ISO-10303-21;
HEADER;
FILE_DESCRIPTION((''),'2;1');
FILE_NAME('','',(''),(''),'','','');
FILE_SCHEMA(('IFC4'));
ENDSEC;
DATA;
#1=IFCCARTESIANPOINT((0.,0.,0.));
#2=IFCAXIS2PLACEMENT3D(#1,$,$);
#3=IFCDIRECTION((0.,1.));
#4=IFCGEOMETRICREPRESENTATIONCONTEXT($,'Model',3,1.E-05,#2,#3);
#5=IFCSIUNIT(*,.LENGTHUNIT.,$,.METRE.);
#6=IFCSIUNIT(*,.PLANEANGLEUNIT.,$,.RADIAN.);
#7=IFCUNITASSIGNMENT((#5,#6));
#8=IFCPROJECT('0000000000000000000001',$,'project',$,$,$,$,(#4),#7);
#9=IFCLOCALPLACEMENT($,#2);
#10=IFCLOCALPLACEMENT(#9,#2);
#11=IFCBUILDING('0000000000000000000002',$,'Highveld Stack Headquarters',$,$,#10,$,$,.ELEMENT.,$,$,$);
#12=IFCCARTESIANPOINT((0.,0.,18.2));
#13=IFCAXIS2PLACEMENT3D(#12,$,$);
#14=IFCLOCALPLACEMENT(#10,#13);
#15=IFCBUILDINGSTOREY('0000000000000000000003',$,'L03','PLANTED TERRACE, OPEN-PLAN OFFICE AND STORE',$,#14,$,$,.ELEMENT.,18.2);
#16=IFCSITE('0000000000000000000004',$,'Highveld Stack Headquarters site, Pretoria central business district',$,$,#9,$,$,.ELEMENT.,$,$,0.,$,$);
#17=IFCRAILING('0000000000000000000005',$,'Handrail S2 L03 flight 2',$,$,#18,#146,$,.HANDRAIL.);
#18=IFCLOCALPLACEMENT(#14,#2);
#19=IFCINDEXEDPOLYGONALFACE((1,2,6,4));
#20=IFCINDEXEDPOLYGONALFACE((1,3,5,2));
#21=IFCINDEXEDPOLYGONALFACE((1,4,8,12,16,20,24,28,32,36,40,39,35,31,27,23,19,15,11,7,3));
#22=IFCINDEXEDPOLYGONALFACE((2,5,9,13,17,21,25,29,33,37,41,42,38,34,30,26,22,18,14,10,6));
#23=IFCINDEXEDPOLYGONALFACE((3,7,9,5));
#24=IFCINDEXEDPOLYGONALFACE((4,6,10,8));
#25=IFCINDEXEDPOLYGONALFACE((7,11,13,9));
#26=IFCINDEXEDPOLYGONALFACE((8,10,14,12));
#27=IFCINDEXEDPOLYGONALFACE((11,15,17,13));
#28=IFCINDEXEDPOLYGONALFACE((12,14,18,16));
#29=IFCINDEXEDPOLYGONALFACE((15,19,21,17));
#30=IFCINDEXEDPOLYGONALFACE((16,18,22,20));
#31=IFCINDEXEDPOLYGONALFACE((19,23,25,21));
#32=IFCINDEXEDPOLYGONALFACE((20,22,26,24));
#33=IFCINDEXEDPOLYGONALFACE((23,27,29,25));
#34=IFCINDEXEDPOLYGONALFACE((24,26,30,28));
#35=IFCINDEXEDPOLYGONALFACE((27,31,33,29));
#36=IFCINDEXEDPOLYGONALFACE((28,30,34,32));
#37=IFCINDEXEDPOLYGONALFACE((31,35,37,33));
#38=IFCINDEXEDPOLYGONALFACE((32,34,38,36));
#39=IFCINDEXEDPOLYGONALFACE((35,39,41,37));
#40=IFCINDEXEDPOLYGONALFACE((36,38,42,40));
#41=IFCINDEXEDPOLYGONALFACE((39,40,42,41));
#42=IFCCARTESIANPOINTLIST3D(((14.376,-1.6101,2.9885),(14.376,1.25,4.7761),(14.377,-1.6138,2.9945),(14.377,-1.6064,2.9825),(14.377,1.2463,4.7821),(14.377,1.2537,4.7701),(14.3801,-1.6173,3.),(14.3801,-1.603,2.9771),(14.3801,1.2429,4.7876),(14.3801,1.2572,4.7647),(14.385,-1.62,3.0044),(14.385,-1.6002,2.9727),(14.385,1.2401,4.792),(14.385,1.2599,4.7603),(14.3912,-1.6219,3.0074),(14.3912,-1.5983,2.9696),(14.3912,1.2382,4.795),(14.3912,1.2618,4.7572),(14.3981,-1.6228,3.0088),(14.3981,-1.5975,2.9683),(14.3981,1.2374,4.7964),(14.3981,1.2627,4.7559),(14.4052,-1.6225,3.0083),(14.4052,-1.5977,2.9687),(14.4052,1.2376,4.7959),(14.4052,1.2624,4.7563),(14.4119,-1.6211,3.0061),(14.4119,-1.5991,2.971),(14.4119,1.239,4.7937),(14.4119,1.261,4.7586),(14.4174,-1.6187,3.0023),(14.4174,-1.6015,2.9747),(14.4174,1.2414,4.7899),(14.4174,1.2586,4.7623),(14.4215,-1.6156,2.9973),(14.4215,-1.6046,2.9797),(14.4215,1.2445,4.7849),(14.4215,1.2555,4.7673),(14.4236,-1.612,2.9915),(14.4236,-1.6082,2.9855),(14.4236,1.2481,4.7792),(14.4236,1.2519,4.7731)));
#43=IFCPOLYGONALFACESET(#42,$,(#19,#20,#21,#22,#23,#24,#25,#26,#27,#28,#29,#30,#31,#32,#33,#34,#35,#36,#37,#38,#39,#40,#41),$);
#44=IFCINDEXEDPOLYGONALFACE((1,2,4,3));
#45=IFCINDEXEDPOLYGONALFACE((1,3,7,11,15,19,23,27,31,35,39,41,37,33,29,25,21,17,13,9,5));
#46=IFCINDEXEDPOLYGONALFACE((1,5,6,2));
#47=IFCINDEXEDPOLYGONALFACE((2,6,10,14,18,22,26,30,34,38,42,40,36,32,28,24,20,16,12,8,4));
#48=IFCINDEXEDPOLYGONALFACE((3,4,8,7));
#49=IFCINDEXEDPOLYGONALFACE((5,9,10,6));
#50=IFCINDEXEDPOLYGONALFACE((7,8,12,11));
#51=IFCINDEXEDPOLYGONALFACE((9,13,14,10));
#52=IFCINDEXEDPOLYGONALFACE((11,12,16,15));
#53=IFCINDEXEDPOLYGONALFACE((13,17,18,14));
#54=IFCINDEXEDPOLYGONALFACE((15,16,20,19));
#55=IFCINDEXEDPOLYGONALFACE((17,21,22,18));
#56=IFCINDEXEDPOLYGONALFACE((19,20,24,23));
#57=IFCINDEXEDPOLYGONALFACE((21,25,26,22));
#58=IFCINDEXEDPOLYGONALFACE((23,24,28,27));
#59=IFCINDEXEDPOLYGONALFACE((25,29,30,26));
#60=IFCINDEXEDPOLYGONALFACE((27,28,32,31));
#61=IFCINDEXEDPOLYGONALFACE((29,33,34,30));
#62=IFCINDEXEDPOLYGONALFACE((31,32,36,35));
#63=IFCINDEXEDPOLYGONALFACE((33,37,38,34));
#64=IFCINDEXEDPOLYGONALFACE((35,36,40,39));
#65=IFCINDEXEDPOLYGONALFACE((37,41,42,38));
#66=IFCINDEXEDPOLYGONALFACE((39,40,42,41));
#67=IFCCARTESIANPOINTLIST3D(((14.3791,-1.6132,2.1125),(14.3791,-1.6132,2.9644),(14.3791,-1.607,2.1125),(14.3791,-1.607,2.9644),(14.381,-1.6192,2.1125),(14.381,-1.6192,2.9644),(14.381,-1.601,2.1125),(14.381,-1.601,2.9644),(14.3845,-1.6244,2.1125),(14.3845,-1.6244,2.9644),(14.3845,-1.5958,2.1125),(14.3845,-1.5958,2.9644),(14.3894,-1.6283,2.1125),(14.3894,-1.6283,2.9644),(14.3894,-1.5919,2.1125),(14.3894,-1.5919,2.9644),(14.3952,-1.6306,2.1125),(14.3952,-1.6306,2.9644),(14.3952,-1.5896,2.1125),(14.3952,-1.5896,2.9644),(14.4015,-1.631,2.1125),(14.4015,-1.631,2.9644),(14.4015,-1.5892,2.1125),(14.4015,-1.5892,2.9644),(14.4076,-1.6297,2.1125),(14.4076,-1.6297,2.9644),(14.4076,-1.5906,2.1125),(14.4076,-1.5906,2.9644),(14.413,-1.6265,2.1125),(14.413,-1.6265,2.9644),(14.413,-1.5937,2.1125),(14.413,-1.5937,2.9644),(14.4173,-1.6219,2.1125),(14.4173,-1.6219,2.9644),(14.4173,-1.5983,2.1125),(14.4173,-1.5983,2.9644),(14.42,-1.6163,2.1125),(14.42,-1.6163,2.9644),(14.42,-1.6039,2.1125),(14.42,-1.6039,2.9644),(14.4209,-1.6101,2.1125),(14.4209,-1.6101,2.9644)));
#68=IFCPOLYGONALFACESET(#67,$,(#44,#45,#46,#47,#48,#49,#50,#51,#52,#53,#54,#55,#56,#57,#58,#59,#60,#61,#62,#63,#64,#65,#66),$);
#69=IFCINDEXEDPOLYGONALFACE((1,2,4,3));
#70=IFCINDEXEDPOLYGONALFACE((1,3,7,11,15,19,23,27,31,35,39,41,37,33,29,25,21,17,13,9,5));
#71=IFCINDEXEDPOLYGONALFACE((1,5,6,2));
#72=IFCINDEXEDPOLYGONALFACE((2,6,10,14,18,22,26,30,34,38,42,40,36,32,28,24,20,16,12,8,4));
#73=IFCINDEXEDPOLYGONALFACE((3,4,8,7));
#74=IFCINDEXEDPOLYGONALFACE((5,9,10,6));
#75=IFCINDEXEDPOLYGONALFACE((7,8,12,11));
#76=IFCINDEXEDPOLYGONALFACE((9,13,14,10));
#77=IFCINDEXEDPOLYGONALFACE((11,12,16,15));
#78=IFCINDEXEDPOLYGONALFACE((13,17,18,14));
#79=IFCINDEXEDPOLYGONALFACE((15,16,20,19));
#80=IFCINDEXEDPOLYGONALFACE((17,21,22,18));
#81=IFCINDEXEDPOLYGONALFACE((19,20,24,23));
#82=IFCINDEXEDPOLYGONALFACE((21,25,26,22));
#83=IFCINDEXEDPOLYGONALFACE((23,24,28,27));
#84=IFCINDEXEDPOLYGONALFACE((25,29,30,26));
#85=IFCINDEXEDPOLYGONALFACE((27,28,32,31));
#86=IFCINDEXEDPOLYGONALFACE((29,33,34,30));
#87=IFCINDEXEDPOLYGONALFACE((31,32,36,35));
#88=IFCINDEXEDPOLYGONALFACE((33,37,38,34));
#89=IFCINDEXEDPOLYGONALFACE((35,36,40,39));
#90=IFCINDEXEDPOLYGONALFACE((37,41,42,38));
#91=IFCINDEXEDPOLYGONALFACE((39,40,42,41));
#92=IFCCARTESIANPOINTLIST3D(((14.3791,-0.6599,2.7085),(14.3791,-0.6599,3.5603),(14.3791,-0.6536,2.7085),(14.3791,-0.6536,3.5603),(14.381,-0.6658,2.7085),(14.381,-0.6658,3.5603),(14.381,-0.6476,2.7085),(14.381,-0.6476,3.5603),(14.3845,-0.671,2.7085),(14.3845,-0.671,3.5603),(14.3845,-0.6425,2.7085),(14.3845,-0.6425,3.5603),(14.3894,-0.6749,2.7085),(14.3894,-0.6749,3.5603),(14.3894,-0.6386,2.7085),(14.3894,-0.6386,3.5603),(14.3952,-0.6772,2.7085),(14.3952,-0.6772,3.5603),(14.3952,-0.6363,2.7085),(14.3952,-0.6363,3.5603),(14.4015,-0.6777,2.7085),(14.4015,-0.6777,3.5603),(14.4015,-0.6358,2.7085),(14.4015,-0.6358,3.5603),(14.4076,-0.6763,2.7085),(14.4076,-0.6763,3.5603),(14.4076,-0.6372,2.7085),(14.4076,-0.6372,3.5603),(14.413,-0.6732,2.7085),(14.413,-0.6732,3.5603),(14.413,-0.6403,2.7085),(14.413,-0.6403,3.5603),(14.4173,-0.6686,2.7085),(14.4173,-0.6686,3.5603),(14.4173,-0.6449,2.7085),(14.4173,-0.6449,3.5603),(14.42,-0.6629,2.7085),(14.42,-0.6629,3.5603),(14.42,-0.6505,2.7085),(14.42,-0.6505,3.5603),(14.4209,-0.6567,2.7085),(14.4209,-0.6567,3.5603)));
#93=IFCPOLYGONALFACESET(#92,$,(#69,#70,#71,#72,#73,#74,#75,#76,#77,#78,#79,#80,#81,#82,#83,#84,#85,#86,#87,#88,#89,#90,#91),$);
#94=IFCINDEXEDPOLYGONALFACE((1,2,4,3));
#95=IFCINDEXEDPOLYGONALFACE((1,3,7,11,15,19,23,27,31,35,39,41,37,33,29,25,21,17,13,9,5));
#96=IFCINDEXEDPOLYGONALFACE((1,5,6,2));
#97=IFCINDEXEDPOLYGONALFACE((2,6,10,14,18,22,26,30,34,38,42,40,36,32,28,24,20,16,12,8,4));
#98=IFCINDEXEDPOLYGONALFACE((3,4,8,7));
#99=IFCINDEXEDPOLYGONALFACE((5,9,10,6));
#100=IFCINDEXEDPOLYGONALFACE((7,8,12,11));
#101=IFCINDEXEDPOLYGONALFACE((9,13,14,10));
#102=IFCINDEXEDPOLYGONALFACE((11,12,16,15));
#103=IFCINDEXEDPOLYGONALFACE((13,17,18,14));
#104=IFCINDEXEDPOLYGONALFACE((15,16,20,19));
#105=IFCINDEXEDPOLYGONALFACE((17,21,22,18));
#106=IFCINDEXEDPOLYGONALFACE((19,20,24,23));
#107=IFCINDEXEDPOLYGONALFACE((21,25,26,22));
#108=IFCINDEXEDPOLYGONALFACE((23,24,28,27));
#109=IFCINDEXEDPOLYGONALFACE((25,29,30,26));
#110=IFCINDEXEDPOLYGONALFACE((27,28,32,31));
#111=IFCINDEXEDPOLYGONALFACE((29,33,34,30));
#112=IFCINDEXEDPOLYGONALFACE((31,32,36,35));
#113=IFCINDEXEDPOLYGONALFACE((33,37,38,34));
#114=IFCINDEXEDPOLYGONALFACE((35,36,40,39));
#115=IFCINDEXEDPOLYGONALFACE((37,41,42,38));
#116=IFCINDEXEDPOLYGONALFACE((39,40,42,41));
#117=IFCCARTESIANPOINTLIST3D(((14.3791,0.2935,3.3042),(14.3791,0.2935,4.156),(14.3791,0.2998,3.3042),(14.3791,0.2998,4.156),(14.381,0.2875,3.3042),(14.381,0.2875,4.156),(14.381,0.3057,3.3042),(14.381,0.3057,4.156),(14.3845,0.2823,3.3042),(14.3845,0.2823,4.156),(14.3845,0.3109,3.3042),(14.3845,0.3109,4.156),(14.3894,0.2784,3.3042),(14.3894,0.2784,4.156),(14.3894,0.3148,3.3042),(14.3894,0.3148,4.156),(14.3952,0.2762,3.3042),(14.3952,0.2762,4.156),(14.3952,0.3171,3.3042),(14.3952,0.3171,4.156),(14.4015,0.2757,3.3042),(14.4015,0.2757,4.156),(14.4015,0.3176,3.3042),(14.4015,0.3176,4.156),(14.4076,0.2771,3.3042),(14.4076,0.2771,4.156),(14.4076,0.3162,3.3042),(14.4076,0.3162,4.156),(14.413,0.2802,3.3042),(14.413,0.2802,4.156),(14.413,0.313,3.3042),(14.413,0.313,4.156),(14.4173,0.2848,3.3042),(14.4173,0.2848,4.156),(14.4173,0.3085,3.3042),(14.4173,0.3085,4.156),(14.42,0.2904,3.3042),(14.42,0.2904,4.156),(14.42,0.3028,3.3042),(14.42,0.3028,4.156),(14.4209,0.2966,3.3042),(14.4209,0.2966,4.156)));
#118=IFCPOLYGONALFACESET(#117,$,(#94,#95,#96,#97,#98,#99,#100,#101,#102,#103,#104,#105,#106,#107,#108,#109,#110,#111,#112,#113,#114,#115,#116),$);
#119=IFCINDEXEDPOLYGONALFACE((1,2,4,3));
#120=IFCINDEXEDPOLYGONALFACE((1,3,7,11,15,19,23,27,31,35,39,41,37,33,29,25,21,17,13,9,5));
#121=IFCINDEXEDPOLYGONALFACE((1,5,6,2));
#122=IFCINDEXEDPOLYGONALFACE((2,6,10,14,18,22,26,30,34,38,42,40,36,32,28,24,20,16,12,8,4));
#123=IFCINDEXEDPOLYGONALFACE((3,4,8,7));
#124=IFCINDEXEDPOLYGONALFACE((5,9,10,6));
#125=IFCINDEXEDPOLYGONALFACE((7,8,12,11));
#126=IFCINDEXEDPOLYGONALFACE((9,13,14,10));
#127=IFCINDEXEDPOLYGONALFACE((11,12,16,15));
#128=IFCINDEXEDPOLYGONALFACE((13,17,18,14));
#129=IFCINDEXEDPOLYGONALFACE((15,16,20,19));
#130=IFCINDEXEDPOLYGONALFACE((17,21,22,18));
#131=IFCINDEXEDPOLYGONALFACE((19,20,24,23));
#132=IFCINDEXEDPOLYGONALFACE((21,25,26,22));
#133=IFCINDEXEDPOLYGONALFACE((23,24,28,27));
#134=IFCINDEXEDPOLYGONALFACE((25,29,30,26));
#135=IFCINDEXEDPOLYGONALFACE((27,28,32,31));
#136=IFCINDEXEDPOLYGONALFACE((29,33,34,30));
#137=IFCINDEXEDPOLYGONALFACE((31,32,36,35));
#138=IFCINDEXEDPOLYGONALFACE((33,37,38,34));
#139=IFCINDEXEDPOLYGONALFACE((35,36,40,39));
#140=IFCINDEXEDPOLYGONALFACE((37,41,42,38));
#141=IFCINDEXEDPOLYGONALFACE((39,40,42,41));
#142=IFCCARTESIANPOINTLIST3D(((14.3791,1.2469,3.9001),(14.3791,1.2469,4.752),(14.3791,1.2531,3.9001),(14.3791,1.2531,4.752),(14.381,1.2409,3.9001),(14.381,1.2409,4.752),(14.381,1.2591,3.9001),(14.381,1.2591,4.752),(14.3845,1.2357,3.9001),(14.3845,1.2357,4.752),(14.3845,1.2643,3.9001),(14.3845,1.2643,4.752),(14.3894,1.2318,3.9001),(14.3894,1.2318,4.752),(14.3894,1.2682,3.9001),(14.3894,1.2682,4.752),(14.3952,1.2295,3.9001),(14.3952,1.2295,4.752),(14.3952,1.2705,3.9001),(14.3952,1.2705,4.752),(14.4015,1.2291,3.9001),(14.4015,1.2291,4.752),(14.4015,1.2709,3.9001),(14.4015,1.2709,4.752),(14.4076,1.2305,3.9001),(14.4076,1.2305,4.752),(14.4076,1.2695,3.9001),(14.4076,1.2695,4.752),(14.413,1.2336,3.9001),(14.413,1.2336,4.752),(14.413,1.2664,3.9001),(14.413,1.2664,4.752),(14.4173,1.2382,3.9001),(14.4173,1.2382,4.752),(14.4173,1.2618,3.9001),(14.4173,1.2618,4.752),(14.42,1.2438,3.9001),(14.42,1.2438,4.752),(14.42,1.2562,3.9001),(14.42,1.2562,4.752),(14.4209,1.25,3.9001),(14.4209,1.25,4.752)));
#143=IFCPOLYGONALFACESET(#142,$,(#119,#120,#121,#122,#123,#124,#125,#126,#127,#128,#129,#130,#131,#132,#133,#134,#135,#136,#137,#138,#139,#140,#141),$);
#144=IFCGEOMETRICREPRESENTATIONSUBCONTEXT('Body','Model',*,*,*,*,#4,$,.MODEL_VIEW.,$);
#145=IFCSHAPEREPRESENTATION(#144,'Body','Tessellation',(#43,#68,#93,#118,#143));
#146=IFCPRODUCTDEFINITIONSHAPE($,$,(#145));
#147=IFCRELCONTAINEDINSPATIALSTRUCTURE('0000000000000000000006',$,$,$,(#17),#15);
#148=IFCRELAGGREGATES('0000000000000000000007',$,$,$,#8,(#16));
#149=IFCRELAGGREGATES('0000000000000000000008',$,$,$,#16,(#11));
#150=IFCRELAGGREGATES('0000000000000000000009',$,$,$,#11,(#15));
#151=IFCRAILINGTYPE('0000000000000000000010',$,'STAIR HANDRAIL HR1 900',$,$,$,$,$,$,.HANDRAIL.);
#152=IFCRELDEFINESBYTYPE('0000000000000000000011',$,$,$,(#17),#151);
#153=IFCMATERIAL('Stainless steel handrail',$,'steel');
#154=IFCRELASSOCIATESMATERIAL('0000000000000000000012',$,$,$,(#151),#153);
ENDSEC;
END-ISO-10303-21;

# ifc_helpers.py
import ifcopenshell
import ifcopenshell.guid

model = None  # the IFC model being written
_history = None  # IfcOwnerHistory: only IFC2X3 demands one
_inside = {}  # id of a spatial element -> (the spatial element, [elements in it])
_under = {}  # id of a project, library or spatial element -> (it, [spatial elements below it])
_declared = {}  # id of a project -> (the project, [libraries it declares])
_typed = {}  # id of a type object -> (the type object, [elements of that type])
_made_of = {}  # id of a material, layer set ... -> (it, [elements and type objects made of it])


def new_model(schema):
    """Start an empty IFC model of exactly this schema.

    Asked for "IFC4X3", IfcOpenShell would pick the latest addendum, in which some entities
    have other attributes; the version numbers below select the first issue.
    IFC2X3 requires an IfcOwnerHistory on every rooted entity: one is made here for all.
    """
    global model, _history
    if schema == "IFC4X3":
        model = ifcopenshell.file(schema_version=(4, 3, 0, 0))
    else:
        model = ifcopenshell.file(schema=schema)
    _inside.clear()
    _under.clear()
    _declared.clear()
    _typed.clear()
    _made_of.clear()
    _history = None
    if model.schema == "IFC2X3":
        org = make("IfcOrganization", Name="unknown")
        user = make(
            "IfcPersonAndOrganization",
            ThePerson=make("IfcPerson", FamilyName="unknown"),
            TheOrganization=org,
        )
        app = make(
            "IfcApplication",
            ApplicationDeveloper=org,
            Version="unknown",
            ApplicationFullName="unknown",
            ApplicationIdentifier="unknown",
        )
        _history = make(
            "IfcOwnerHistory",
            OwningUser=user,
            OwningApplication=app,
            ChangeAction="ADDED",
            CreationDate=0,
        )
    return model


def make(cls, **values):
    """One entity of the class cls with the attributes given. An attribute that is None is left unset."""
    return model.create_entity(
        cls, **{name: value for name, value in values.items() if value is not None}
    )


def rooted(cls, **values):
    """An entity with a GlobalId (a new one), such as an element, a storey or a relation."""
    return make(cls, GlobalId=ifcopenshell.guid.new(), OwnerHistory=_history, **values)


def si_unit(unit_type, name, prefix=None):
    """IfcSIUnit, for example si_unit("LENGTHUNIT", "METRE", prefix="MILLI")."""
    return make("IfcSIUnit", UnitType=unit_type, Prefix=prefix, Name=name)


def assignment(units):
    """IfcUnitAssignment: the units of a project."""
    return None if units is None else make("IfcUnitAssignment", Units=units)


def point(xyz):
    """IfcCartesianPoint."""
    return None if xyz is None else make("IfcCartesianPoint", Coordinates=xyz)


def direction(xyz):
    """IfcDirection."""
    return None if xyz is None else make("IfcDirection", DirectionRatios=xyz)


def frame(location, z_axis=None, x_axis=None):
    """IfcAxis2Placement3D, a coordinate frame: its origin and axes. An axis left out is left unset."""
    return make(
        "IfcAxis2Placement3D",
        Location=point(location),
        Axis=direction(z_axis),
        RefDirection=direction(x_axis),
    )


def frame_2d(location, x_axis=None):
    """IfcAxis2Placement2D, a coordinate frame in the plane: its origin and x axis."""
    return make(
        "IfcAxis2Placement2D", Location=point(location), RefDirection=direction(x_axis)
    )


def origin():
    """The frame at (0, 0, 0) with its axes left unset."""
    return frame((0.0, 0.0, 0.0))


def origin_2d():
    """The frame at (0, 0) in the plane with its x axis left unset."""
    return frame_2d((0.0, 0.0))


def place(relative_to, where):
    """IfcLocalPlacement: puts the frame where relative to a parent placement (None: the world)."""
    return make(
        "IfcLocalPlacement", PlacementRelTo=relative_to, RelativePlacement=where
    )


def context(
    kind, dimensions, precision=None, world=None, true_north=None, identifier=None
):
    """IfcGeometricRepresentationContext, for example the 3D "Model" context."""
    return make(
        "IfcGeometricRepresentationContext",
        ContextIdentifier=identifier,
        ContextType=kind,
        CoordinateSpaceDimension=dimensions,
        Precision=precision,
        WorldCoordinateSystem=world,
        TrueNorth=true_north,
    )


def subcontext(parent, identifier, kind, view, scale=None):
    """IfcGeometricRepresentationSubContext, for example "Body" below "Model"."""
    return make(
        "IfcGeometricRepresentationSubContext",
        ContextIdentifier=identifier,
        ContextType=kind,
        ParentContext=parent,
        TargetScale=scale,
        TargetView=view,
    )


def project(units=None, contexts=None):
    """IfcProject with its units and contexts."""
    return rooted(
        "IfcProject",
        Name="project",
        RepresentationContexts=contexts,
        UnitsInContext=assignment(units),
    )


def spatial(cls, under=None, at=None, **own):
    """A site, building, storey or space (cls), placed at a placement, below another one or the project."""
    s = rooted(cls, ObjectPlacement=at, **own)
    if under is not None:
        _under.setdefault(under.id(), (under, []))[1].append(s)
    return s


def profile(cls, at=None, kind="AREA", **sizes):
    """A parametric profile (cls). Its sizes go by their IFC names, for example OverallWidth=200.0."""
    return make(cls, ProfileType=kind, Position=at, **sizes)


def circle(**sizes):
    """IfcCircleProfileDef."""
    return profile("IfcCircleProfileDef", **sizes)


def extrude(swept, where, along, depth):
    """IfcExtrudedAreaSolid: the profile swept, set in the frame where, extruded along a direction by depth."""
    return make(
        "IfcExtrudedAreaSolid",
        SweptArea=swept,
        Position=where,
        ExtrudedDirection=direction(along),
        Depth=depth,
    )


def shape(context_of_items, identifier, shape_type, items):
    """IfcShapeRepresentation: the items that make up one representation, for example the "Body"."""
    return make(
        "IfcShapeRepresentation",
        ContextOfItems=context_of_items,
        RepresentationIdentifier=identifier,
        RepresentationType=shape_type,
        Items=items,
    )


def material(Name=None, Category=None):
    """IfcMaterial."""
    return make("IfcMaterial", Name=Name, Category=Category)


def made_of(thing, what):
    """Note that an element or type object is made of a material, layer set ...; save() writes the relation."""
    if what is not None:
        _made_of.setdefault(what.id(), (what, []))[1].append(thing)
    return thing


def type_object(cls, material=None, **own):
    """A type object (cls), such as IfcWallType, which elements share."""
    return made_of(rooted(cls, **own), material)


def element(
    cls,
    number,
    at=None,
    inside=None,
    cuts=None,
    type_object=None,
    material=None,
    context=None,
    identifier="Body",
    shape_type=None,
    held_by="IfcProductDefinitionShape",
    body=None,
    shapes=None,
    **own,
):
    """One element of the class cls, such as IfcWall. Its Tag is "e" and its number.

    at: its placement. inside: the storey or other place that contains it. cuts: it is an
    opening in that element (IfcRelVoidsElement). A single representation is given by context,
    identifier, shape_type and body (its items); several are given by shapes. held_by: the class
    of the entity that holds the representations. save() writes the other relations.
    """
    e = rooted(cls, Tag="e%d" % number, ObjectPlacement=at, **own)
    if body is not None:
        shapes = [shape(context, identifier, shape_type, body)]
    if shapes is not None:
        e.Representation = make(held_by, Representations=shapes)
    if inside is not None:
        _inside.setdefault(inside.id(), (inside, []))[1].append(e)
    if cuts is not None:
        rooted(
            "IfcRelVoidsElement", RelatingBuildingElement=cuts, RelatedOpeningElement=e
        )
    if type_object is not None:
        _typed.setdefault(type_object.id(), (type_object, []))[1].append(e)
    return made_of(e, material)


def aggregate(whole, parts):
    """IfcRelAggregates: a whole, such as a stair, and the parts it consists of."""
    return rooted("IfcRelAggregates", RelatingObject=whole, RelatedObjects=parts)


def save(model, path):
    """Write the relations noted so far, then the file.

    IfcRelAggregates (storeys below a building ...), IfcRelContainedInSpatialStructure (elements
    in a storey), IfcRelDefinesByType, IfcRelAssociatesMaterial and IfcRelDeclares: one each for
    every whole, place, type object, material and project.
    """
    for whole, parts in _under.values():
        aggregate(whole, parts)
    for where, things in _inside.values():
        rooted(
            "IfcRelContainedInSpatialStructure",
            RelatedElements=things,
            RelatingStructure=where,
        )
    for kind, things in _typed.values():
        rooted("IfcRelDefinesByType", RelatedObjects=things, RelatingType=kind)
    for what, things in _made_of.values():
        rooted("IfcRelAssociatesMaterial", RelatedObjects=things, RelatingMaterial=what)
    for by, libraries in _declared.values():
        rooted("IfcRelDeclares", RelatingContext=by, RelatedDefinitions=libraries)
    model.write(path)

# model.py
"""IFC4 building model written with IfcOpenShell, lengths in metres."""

from ifc_helpers import new_model, si_unit, direction, frame, origin, origin_2d, place, context, subcontext, project, spatial, circle, extrude, material, type_object, element, save


model = new_model("IFC4")

# Units and contexts
model_context = context("Model", 3, precision=1e-05, world=origin(), true_north=direction((0.0, 1.0)))
body_context = subcontext(model_context, "Body", "Model", "MODEL_VIEW")
ifc_project = project(units=[si_unit("LENGTHUNIT", "METRE"), si_unit("PLANEANGLEUNIT", "RADIAN")], contexts=[model_context])

# Site, building, storey
site_placement = place(None, origin())
site = spatial("IfcSite", under=ifc_project, at=site_placement, Name="Highveld Stack Headquarters site, Pretoria central business district", CompositionType="ELEMENT", RefElevation=0.0)
building_placement = place(site_placement, origin())
building = spatial("IfcBuilding", under=site, at=building_placement, Name="Highveld Stack Headquarters", CompositionType="ELEMENT")
storey_placement = place(building_placement, frame((0.0, 0.0, 18.2)))
storey = spatial("IfcBuildingStorey", under=building, at=storey_placement, Name="L03", Description="PLANTED TERRACE, OPEN-PLAN OFFICE AND STORE", CompositionType="ELEMENT", Elevation=18.2)

# Railing
ifc_material_1 = material(Name="Stainless steel handrail", Category="steel")
railing_type = type_object("IfcRailingType", Name="STAIR HANDRAIL HR1 900", PredefinedType="HANDRAIL", material=ifc_material_1)
for number, where, name in (
    (1, (14.3999, -1.6101, 2.1125), "Handrail S2 L03 flight 2"),
):
    element("IfcRailing", number, at=place(storey_placement, frame(where)), inside=storey, type_object=railing_type, Name=name, PredefinedType="HANDRAIL", context=body_context, shape_type="SweptSolid", body=[
        extrude(circle(Radius=0.0239, at=origin_2d()), frame((0.0, 0.0, 0.876), z_axis=(0.0, 0.847994, 0.530005), x_axis=(-1.0, 0.0, 0.0)), (0.0, 0.0, 1.0), 3.3728),
        extrude(circle(Radius=0.021, at=origin_2d()), origin(), (0.0, 0.0, 1.0), 0.8518),
        extrude(circle(Radius=0.021, at=origin_2d()), frame((0.0, 0.9534, 0.5959)), (0.0, 0.0, 1.0), 0.8518),
        extrude(circle(Radius=0.021, at=origin_2d()), frame((0.0, 1.9067, 1.1917)), (0.0, 0.0, 1.0), 0.8518),
        extrude(circle(Radius=0.021, at=origin_2d()), frame((0.0, 2.8601, 1.7876)), (0.0, 0.0, 1.0), 0.8518),
    ])

save(model, "model.ifc")
